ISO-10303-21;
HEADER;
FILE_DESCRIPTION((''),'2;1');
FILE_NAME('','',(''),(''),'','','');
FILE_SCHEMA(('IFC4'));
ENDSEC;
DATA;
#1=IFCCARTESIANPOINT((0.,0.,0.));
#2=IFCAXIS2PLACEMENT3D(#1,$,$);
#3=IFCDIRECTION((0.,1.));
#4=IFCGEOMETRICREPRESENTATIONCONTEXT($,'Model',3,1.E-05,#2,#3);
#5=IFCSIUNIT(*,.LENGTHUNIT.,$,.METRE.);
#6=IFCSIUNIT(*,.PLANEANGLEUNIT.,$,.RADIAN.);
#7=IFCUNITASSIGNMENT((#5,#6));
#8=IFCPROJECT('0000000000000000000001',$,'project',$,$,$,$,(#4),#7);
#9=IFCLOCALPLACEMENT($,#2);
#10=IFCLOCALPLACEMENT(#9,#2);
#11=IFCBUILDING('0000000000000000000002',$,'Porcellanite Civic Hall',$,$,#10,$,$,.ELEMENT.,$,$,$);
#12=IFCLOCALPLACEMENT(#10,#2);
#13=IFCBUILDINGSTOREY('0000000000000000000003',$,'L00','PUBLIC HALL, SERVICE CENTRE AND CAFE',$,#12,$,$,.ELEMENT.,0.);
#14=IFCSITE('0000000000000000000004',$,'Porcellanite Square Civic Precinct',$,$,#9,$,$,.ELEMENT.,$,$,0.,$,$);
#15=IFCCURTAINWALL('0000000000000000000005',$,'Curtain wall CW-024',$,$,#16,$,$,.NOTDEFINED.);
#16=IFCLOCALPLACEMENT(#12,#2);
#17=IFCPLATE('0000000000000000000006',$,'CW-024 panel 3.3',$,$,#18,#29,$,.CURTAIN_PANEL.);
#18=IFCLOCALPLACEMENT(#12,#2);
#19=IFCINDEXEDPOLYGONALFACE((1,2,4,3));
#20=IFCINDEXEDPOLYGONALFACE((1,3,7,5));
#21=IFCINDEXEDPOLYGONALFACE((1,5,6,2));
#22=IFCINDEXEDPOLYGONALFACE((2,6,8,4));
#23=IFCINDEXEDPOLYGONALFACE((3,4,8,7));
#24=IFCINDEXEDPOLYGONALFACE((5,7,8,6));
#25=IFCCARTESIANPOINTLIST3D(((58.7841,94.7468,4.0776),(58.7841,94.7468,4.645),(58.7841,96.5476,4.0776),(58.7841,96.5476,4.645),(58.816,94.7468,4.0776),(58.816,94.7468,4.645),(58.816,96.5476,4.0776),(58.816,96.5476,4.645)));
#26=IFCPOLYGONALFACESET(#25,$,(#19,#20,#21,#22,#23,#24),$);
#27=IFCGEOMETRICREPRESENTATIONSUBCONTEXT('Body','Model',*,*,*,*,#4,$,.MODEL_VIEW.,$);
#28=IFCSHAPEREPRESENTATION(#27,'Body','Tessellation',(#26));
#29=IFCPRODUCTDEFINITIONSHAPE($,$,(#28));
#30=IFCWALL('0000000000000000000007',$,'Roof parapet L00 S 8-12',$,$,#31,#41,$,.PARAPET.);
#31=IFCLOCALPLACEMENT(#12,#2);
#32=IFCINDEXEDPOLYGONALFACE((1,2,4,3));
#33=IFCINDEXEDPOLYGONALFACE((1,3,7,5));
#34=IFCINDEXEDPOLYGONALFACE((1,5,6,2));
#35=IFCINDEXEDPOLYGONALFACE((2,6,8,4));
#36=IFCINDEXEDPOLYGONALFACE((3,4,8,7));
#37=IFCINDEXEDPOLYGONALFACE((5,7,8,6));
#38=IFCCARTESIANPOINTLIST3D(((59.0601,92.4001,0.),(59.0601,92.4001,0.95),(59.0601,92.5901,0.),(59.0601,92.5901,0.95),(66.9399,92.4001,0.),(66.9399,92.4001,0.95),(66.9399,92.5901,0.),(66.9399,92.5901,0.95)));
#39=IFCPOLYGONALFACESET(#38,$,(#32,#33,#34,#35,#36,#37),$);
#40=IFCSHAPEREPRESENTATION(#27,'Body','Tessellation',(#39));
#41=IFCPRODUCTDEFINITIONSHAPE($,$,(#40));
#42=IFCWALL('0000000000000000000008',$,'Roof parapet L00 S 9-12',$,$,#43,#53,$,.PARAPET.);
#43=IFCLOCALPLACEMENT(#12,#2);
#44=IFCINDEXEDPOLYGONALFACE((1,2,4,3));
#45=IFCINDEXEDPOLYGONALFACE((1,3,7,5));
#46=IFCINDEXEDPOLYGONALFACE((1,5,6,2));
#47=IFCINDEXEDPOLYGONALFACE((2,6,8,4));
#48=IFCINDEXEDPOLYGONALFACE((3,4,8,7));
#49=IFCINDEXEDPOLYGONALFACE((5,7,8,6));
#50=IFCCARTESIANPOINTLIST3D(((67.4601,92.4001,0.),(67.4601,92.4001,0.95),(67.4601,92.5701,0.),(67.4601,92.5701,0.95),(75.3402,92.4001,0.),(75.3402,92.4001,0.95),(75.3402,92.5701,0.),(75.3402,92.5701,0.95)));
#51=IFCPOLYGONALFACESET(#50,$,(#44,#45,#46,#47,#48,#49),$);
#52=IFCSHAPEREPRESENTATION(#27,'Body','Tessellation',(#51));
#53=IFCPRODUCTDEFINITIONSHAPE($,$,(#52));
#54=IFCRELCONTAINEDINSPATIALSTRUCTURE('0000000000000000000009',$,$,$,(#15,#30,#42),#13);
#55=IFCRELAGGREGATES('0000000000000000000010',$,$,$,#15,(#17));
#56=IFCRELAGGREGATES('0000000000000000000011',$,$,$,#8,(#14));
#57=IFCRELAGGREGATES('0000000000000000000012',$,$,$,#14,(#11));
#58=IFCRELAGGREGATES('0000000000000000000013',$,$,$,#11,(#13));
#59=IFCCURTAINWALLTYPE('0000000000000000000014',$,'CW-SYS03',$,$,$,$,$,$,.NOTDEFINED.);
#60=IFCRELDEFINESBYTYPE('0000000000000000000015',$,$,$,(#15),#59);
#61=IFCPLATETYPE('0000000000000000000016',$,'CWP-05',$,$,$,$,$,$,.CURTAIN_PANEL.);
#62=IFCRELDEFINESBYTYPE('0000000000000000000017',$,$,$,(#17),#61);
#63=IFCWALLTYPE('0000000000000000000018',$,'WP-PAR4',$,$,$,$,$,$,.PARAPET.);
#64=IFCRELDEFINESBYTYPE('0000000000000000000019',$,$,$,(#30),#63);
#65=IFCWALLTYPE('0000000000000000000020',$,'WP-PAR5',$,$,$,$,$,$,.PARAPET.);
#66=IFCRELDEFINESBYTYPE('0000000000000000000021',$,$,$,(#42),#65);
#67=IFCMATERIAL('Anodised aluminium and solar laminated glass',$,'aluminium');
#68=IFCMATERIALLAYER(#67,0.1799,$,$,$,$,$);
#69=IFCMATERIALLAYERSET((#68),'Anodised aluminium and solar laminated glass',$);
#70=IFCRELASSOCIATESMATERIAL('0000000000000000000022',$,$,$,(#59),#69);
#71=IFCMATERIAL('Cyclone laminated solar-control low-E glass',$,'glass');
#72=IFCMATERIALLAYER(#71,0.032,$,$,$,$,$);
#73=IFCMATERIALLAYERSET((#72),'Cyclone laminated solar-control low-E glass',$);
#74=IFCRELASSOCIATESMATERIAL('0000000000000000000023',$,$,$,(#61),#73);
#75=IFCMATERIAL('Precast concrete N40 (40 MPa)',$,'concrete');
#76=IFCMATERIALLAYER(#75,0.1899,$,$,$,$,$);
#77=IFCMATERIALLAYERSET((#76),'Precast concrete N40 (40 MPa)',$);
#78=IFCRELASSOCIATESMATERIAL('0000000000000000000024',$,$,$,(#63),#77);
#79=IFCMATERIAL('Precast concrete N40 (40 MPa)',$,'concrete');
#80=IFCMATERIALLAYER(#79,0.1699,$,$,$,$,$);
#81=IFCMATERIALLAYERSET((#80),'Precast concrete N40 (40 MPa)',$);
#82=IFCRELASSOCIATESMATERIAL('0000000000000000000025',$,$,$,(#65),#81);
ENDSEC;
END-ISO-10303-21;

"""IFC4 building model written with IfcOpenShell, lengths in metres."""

from ifc_helpers import new_model, si_unit, direction, frame, frame_2d, origin, origin_2d, place, context, subcontext, project, spatial, rectangle, extrude, material, layer, layer_set, type_object, element, aggregate, save


model = new_model("IFC4")

# Units and contexts
model_context = context("Model", 3, precision=1e-05, world=origin(), true_north=direction((0.0, 1.0)))
body_context = subcontext(model_context, "Body", "Model", "MODEL_VIEW")
ifc_project = project(units=[si_unit("LENGTHUNIT", "METRE"), si_unit("PLANEANGLEUNIT", "RADIAN")], contexts=[model_context])

# Site, building, storey
site_placement = place(None, origin())
site = spatial("IfcSite", under=ifc_project, at=site_placement, Name="Porcellanite Square Civic Precinct", CompositionType="ELEMENT", RefElevation=0.0)
building_placement = place(site_placement, origin())
building = spatial("IfcBuilding", under=site, at=building_placement, Name="Porcellanite Civic Hall", CompositionType="ELEMENT")
storey_placement = place(building_placement, origin())
storey = spatial("IfcBuildingStorey", under=building, at=storey_placement, Name="L00", Description="PUBLIC HALL, SERVICE CENTRE AND CAFE", CompositionType="ELEMENT", Elevation=0.0)

# Curtain wall
ifc_material_1 = material(Name="Anodised aluminium and solar laminated glass", Category="aluminium")
ifc_layer_1 = layer(ifc_material_1, 0.1799)
ifc_layer_set_1 = layer_set([ifc_layer_1], Name="Anodised aluminium and solar laminated glass")
curtain_wall_type = type_object("IfcCurtainWallType", Name="CW-SYS03", PredefinedType="NOTDEFINED", material=ifc_layer_set_1)
curtain_wall_placement = place(storey_placement, origin())
curtain_wall = element("IfcCurtainWall", 1, at=curtain_wall_placement, inside=storey, type_object=curtain_wall_type, Name="Curtain wall CW-024", PredefinedType="NOTDEFINED")

# Plate
ifc_material_2 = material(Name="Cyclone laminated solar-control low-E glass", Category="glass")
ifc_layer_2 = layer(ifc_material_2, 0.032)
ifc_layer_set_2 = layer_set([ifc_layer_2], Name="Cyclone laminated solar-control low-E glass")
plate_type = type_object("IfcPlateType", Name="CWP-05", PredefinedType="CURTAIN_PANEL", material=ifc_layer_set_2)
plate_1_placement = place(storey_placement, frame((58.8, 95.6472, 4.0776), z_axis=(0.0, 0.0, 1.0), x_axis=(0.0, -1.0, 0.0)))
plate_1 = element("IfcPlate", 2, at=plate_1_placement, type_object=plate_type, Name="CW-024 panel 3.3", PredefinedType="CURTAIN_PANEL", context=body_context, shape_type="SweptSolid", body=[
    extrude(rectangle(XDim=1.8008, YDim=0.032, at=origin_2d()), origin(), (0.0, 0.0, 1.0), 0.5674),
])
aggregate(curtain_wall, [plate_1])

# Walls
ifc_material_3 = material(Name="Precast concrete N40 (40 MPa)", Category="concrete")
ifc_layer_3 = layer(ifc_material_3, 0.1899)
ifc_layer_set_3 = layer_set([ifc_layer_3], Name="Precast concrete N40 (40 MPa)")
wall_type_1 = type_object("IfcWallType", Name="WP-PAR4", PredefinedType="PARAPET", material=ifc_layer_set_3)
wall_1_placement = place(storey_placement, frame((66.9399, 92.4951, 0.0), z_axis=(0.0, 0.0, 1.0), x_axis=(-1.0, 0.0, 0.0)))
element("IfcWall", 3, at=wall_1_placement, inside=storey, type_object=wall_type_1, Name="Roof parapet L00 S 8-12", PredefinedType="PARAPET", context=body_context, shape_type="SweptSolid", body=[
    extrude(rectangle(XDim=7.8799, YDim=0.1899, at=frame_2d((3.9399, 0.0))), origin(), (0.0, 0.0, 1.0), 0.95),
])
ifc_material_4 = material(Name="Precast concrete N40 (40 MPa)", Category="concrete")
ifc_layer_4 = layer(ifc_material_4, 0.1699)
ifc_layer_set_4 = layer_set([ifc_layer_4], Name="Precast concrete N40 (40 MPa)")
wall_type_2 = type_object("IfcWallType", Name="WP-PAR5", PredefinedType="PARAPET", material=ifc_layer_set_4)
wall_2_placement = place(storey_placement, frame((75.3401, 92.4851, 0.0), z_axis=(0.0, 0.0, 1.0), x_axis=(-1.0, 0.0, 0.0)))
element("IfcWall", 4, at=wall_2_placement, inside=storey, type_object=wall_type_2, Name="Roof parapet L00 S 9-12", PredefinedType="PARAPET", context=body_context, shape_type="SweptSolid", body=[
    extrude(rectangle(XDim=7.8801, YDim=0.1699, at=frame_2d((3.9399, 0.0))), origin(), (0.0, 0.0, 1.0), 0.95),
])

save(model, "model.ifc")
